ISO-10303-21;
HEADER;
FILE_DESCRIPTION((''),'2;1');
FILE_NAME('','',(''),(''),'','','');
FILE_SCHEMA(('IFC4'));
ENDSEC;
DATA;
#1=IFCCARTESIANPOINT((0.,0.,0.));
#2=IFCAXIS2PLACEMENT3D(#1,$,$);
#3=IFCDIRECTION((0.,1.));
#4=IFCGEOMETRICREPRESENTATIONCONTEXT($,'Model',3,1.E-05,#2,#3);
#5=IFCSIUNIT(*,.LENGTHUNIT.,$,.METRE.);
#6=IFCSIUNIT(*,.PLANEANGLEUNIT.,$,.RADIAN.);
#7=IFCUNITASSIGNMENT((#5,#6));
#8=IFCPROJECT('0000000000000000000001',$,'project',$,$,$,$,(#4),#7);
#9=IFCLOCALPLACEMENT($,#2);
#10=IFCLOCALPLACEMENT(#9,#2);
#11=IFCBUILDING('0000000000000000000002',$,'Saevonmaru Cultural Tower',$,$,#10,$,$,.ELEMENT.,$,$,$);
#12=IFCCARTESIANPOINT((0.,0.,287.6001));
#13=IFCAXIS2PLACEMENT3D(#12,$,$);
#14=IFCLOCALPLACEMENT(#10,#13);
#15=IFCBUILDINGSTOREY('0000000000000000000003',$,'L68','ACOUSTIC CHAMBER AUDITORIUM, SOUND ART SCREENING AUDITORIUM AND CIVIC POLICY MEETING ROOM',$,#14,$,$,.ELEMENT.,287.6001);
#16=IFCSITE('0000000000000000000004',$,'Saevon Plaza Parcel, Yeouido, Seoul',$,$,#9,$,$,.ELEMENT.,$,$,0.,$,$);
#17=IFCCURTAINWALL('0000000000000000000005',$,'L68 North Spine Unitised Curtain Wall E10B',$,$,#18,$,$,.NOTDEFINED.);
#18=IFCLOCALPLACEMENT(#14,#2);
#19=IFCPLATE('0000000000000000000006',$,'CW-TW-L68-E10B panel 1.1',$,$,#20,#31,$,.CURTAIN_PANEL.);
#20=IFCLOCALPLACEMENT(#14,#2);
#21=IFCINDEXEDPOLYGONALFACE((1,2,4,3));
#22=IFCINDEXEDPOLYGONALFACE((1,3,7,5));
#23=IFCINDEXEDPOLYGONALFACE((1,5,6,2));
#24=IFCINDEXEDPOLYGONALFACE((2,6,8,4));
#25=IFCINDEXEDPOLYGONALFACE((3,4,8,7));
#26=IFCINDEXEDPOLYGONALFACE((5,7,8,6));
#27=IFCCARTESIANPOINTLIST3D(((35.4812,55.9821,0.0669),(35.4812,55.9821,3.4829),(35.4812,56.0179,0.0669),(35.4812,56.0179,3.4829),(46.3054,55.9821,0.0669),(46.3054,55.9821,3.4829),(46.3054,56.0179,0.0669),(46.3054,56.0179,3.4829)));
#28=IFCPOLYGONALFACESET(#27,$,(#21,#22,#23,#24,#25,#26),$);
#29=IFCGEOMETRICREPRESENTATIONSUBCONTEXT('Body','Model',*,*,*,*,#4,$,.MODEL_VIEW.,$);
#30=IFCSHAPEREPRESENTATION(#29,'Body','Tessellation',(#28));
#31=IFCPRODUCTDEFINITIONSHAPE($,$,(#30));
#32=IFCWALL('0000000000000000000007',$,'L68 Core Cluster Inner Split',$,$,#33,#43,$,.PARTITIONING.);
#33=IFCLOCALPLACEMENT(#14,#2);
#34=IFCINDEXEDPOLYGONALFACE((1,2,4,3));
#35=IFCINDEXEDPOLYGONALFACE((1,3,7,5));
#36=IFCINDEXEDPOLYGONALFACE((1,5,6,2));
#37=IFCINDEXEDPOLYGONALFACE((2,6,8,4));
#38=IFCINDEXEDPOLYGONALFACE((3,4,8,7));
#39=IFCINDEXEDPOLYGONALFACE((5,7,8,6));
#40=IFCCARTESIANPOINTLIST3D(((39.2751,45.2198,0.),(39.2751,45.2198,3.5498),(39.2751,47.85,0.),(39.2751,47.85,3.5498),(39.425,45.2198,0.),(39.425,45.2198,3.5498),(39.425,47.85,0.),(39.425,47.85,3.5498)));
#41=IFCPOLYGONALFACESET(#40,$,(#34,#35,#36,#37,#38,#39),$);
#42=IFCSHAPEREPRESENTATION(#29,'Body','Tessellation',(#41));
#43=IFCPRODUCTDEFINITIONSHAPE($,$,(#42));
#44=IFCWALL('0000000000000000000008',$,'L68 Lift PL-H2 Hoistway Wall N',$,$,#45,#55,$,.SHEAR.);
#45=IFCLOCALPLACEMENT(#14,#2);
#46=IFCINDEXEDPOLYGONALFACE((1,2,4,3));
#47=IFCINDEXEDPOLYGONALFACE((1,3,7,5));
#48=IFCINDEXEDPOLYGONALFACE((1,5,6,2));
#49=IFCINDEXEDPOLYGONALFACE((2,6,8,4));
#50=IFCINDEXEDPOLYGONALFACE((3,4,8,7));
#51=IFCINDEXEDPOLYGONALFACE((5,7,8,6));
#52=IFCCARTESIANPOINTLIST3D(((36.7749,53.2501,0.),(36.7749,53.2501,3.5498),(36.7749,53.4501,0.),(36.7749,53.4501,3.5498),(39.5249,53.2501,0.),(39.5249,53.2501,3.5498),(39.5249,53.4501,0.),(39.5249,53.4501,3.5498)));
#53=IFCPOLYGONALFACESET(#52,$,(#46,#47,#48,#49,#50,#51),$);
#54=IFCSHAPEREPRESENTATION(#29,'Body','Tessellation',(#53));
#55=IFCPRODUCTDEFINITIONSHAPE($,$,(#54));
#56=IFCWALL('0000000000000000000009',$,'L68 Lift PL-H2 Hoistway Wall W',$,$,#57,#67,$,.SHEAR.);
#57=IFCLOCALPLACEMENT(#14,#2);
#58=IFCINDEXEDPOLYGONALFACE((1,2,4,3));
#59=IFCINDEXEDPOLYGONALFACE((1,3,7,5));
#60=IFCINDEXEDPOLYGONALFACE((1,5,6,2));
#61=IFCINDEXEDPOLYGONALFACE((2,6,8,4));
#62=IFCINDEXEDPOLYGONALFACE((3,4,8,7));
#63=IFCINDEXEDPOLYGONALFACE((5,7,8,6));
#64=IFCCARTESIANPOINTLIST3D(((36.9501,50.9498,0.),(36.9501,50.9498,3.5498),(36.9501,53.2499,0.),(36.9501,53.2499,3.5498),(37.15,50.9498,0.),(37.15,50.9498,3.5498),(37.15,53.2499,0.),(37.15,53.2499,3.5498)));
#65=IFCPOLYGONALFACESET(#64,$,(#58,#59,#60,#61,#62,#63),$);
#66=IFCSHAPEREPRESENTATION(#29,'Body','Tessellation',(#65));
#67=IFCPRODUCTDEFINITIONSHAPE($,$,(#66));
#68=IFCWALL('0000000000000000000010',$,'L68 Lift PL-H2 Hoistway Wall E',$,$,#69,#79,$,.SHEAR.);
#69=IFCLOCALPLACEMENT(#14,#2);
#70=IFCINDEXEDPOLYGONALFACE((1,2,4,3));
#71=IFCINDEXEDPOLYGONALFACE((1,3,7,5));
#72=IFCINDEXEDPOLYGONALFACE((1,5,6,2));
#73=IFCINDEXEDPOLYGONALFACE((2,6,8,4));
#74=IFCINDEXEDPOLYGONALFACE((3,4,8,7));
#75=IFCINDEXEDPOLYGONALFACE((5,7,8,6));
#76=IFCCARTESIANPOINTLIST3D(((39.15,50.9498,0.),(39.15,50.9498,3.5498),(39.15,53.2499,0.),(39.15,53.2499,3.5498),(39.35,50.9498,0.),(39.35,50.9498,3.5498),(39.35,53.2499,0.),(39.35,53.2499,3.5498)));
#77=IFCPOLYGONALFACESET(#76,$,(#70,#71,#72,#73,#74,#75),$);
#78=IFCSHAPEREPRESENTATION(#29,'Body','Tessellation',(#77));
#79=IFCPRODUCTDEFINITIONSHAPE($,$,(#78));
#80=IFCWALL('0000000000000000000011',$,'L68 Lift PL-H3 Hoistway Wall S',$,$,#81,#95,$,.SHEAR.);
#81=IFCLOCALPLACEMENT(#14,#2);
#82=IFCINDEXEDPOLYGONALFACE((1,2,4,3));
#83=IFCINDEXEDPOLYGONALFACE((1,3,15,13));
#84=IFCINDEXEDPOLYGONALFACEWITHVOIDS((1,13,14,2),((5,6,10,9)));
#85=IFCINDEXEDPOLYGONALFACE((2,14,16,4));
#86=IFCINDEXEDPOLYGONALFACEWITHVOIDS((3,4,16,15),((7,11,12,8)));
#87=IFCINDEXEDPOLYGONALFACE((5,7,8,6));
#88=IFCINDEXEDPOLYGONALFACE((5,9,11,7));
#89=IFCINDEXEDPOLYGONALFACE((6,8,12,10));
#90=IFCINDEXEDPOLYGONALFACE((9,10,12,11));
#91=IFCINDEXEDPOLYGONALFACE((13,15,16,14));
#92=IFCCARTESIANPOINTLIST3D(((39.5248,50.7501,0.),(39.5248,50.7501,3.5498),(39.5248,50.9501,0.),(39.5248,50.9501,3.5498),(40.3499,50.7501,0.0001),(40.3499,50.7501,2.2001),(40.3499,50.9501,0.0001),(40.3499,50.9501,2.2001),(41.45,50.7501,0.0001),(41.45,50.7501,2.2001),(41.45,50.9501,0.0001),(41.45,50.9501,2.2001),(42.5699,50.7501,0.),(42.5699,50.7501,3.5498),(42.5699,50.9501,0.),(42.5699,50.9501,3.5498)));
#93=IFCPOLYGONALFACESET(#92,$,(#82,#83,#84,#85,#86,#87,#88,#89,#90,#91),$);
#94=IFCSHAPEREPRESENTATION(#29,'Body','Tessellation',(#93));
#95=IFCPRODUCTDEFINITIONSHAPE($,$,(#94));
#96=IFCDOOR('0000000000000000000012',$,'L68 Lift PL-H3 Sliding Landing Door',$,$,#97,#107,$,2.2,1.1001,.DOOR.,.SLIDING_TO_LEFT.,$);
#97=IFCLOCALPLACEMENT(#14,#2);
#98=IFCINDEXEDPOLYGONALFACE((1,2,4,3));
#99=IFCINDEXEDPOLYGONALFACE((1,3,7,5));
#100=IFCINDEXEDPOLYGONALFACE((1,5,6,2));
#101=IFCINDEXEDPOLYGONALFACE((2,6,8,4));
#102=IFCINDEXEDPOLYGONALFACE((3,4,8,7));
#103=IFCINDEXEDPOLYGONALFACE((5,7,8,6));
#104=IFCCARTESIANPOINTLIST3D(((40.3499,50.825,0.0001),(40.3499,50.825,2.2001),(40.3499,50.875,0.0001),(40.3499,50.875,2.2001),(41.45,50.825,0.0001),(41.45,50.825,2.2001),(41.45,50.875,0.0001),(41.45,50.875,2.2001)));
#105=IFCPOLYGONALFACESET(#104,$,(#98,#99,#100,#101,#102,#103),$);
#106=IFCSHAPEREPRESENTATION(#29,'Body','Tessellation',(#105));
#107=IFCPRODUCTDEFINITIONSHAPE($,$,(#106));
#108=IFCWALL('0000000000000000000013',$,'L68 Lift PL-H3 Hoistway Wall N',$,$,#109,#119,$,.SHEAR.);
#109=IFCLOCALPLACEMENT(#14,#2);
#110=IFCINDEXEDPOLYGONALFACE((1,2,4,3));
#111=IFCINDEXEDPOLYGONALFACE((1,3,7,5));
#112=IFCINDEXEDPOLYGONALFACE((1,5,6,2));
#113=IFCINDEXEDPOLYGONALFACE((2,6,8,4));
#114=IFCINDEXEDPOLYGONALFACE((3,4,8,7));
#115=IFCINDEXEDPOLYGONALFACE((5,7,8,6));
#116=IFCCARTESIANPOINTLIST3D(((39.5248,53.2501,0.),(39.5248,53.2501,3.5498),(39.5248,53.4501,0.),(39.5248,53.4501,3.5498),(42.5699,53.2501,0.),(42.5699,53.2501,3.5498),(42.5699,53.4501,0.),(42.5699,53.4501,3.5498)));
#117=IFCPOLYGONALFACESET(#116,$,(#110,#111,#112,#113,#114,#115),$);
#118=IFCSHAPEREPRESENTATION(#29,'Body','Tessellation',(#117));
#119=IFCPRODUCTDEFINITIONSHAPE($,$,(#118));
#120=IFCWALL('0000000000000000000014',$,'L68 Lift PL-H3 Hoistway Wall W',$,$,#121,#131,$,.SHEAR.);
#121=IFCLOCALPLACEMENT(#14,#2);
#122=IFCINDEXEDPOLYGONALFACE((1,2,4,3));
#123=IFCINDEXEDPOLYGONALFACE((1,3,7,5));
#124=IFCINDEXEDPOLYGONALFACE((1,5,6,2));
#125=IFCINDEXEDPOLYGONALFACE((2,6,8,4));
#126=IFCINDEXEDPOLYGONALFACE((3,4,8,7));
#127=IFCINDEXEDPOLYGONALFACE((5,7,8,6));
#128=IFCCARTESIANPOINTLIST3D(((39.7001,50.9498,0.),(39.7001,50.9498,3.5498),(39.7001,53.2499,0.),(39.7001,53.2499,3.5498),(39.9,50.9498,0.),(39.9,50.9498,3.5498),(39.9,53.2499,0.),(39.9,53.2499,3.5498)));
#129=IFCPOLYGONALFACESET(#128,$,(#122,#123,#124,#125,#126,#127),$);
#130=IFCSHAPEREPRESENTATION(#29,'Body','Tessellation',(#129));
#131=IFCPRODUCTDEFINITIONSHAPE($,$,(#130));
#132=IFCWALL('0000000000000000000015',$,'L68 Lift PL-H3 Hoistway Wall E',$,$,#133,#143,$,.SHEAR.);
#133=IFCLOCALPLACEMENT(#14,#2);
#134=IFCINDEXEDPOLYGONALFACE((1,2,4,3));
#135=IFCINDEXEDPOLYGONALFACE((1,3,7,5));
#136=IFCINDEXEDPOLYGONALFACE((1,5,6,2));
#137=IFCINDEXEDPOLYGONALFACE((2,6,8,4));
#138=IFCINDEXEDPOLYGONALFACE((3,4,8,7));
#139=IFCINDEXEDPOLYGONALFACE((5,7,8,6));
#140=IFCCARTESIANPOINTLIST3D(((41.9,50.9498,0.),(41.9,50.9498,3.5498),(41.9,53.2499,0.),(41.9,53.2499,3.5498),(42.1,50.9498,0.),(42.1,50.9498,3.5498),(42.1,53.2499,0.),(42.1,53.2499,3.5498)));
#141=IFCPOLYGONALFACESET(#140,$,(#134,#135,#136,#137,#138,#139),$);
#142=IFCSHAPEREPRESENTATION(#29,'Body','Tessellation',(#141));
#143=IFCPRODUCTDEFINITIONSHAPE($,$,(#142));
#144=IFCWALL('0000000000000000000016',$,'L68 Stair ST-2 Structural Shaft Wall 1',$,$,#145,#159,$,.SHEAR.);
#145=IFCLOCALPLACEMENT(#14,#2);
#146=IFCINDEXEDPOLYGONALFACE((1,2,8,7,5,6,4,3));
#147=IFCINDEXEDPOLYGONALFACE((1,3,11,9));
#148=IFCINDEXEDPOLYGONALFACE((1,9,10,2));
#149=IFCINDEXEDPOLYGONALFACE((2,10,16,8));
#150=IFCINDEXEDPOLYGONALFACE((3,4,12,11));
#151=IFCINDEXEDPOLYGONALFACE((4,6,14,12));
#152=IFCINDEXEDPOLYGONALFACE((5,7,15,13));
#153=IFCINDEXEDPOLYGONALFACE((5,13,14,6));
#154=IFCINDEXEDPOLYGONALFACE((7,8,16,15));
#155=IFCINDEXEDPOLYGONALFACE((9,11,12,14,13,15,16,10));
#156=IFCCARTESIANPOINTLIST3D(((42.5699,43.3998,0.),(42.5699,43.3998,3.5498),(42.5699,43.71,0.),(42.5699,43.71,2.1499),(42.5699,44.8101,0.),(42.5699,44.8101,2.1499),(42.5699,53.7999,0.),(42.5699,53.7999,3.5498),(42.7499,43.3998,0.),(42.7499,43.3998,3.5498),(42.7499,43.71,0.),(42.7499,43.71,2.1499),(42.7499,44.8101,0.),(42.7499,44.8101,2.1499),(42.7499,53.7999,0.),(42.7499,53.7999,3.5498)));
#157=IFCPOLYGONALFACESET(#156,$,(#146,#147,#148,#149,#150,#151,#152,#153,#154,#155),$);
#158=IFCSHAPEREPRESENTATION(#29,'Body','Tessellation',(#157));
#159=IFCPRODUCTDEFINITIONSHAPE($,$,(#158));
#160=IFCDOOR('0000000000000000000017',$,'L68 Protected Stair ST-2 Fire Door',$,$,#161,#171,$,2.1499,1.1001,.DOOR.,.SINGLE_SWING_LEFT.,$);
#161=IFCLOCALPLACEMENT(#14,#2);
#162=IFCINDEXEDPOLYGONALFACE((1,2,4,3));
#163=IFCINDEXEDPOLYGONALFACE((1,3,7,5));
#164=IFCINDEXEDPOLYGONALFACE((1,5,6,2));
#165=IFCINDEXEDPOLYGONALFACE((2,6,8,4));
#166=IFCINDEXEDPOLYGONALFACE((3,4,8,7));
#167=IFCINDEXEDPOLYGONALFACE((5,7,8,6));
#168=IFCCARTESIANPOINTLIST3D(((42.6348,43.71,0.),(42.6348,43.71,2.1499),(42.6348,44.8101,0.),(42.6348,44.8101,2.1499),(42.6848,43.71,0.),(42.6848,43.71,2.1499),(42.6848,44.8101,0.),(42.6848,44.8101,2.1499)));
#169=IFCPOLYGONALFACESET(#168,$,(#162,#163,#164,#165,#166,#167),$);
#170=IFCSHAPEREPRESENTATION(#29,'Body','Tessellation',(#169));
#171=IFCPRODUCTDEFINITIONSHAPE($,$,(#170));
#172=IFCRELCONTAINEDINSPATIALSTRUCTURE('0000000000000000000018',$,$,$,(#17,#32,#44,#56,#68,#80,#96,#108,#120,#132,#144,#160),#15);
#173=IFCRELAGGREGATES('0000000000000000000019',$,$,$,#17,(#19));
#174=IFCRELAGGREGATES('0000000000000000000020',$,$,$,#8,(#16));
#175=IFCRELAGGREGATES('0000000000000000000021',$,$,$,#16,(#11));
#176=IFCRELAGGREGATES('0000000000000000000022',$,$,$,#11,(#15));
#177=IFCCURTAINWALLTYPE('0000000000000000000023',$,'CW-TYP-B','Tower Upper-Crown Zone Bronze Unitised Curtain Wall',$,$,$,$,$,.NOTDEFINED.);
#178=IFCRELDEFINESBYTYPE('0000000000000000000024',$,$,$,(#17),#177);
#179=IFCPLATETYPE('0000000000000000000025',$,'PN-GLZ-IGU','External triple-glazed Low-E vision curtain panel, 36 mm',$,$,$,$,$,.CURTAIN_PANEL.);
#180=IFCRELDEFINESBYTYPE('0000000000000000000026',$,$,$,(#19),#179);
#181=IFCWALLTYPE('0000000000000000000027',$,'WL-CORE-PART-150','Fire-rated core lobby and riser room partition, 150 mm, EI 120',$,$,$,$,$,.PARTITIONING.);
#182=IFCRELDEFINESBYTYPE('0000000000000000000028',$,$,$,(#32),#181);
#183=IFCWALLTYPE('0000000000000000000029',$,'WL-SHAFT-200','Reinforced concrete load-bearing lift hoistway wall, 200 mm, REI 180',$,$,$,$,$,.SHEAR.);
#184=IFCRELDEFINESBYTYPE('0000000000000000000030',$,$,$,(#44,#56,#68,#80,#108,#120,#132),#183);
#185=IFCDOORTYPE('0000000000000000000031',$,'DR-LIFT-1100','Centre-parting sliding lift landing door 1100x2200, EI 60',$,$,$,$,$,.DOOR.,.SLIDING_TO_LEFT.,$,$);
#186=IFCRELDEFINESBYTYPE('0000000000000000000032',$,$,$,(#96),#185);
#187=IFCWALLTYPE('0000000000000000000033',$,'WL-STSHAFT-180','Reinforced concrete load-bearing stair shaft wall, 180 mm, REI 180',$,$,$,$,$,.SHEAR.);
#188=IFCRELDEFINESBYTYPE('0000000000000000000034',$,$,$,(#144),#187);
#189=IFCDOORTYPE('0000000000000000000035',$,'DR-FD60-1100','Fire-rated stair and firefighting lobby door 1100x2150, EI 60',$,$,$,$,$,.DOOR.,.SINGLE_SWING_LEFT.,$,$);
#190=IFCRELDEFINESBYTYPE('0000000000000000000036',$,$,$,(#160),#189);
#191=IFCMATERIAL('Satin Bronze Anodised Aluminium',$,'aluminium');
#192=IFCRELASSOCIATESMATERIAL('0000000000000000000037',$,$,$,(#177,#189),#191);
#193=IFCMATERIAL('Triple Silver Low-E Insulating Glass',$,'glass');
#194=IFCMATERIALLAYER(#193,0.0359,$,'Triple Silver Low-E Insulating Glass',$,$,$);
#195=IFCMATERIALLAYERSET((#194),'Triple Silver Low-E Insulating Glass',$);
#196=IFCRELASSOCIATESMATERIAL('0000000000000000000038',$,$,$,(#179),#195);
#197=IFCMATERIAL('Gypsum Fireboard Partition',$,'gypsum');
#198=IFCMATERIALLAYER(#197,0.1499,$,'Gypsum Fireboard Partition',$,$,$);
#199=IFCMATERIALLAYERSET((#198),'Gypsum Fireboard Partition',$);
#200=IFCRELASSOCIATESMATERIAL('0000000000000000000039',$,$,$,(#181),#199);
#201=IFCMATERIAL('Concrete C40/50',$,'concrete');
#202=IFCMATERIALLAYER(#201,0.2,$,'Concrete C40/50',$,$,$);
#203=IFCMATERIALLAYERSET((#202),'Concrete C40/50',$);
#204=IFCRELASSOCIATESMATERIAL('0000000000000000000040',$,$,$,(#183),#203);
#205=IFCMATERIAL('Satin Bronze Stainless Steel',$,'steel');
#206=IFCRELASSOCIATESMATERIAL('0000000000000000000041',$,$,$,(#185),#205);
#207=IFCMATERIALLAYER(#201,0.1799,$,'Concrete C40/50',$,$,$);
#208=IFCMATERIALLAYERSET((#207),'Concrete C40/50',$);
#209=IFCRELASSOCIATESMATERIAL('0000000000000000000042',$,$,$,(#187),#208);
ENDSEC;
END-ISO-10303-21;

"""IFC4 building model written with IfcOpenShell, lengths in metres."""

from ifc_helpers import new_model, si_unit, direction, frame, frame_2d, origin, origin_2d, place, context, subcontext, project, spatial, rectangle, extrude, material, layer, layer_set, type_object, element, fill, aggregate, save


model = new_model("IFC4")

# Units and contexts
model_context = context("Model", 3, precision=1e-05, world=origin(), true_north=direction((0.0, 1.0)))
body_context = subcontext(model_context, "Body", "Model", "MODEL_VIEW")
ifc_project = project(units=[si_unit("LENGTHUNIT", "METRE"), si_unit("PLANEANGLEUNIT", "RADIAN")], contexts=[model_context])

# Site, building, storey
site_placement = place(None, origin())
site = spatial("IfcSite", under=ifc_project, at=site_placement, Name="Saevon Plaza Parcel, Yeouido, Seoul", CompositionType="ELEMENT", RefElevation=0.0)
building_placement = place(site_placement, origin())
building = spatial("IfcBuilding", under=site, at=building_placement, Name="Saevonmaru Cultural Tower", CompositionType="ELEMENT")
storey_placement = place(building_placement, frame((0.0, 0.0, 287.6001)))
storey = spatial("IfcBuildingStorey", under=building, at=storey_placement, Name="L68", Description="ACOUSTIC CHAMBER AUDITORIUM, SOUND ART SCREENING AUDITORIUM AND CIVIC POLICY MEETING ROOM", CompositionType="ELEMENT", Elevation=287.6001)

# Curtain wall, plate
ifc_material_1 = material(Name="Satin Bronze Anodised Aluminium", Category="aluminium")
curtain_wall_type = type_object("IfcCurtainWallType", Name="CW-TYP-B", Description="Tower Upper-Crown Zone Bronze Unitised Curtain Wall", PredefinedType="NOTDEFINED", material=ifc_material_1)
curtain_wall_placement = place(storey_placement, origin())
curtain_wall = element("IfcCurtainWall", 1, at=curtain_wall_placement, inside=storey, type_object=curtain_wall_type, Name="L68 North Spine Unitised Curtain Wall E10B", PredefinedType="NOTDEFINED")
ifc_material_2 = material(Name="Triple Silver Low-E Insulating Glass", Category="glass")
ifc_layer_1 = layer(ifc_material_2, 0.0359, Name="Triple Silver Low-E Insulating Glass")
ifc_layer_set_1 = layer_set([ifc_layer_1], Name="Triple Silver Low-E Insulating Glass")
plate_type = type_object("IfcPlateType", Name="PN-GLZ-IGU", Description="External triple-glazed Low-E vision curtain panel, 36 mm", PredefinedType="CURTAIN_PANEL", material=ifc_layer_set_1)
plate_placement = place(storey_placement, frame((40.8933, 56.0, 0.0669), z_axis=(0.0, 0.0, 1.0), x_axis=(-1.0, 0.0, 0.0)))
plate = element("IfcPlate", 2, at=plate_placement, type_object=plate_type, Name="CW-TW-L68-E10B panel 1.1", PredefinedType="CURTAIN_PANEL", context=body_context, shape_type="SweptSolid", body=[
    extrude(rectangle(XDim=10.8242, YDim=0.0359, at=origin_2d()), origin(), (0.0, 0.0, 1.0), 3.416),
])
aggregate(curtain_wall, [plate])

# Walls
ifc_material_3 = material(Name="Gypsum Fireboard Partition", Category="gypsum")
ifc_layer_2 = layer(ifc_material_3, 0.1499, Name="Gypsum Fireboard Partition")
ifc_layer_set_2 = layer_set([ifc_layer_2], Name="Gypsum Fireboard Partition")
wall_type_1 = type_object("IfcWallType", Name="WL-CORE-PART-150", Description="Fire-rated core lobby and riser room partition, 150 mm, EI 120", PredefinedType="PARTITIONING", material=ifc_layer_set_2)
wall_1_placement = place(storey_placement, frame((39.3501, 45.22, 0.0), z_axis=(0.0, 0.0, 1.0), x_axis=(0.0, 1.0, 0.0)))
element("IfcWall", 3, at=wall_1_placement, inside=storey, type_object=wall_type_1, Name="L68 Core Cluster Inner Split", PredefinedType="PARTITIONING", context=body_context, shape_type="SweptSolid", body=[
    extrude(rectangle(XDim=2.6301, YDim=0.1499, at=frame_2d((1.3149, 0.0))), origin(), (0.0, 0.0, 1.0), 3.5498),
])
ifc_material_4 = material(Name="Concrete C40/50", Category="concrete")
ifc_layer_3 = layer(ifc_material_4, 0.2, Name="Concrete C40/50")
ifc_layer_set_3 = layer_set([ifc_layer_3], Name="Concrete C40/50")
wall_type_2 = type_object("IfcWallType", Name="WL-SHAFT-200", Description="Reinforced concrete load-bearing lift hoistway wall, 200 mm, REI 180", PredefinedType="SHEAR", material=ifc_layer_set_3)
wall_2_placement = place(storey_placement, frame((36.7749, 53.3501, 0.0), z_axis=(0.0, 0.0, 1.0), x_axis=(1.0, 0.0, 0.0)))
element("IfcWall", 4, at=wall_2_placement, inside=storey, type_object=wall_type_2, Name="L68 Lift PL-H2 Hoistway Wall N", PredefinedType="SHEAR", context=body_context, shape_type="SweptSolid", body=[
    extrude(rectangle(XDim=2.75, YDim=0.2, at=frame_2d((1.375, 0.0))), origin(), (0.0, 0.0, 1.0), 3.5498),
])
for number, where, z_axis, x_axis, name in (
    (5, (37.05, 50.95, 0.0), (0.0, 0.0, 1.0), (0.0, 1.0, 0.0), "L68 Lift PL-H2 Hoistway Wall W"),
    (6, (39.25, 50.95, 0.0), (0.0, 0.0, 1.0), (0.0, 1.0, 0.0), "L68 Lift PL-H2 Hoistway Wall E"),
):
    element("IfcWall", number, at=place(storey_placement, frame(where, z_axis=z_axis, x_axis=x_axis)), inside=storey, type_object=wall_type_2, Name=name, PredefinedType="SHEAR", context=body_context, shape_type="SweptSolid", body=[
        extrude(rectangle(XDim=2.3, YDim=0.2, at=frame_2d((1.1499, 0.0))), origin(), (0.0, 0.0, 1.0), 3.5498),
    ])

# Wall, opening, door
wall_3_placement = place(storey_placement, frame((39.5249, 50.8501, 0.0), z_axis=(0.0, 0.0, 1.0), x_axis=(1.0, 0.0, 0.0)))
wall_3 = element("IfcWall", 7, at=wall_3_placement, inside=storey, type_object=wall_type_2, Name="L68 Lift PL-H3 Hoistway Wall S", PredefinedType="SHEAR", context=body_context, shape_type="SweptSolid", body=[
    extrude(rectangle(XDim=3.0452, YDim=0.2, at=frame_2d((1.5225, 0.0))), origin(), (0.0, 0.0, 1.0), 3.5498),
])
opening_1_placement = place(wall_3_placement, frame((0.825, 0.0, 0.0)))
opening_1 = element("IfcOpeningElement", 8, at=opening_1_placement, cuts=wall_3, PredefinedType="OPENING", context=body_context, shape_type="SweptSolid", body=[
    extrude(rectangle(XDim=1.1001, YDim=2.2, at=frame_2d((0.55, 1.1001))), frame((0.0, 0.1099, 0.0), z_axis=(0.0, -1.0, 0.0), x_axis=(1.0, 0.0, 0.0)), (0.0, 0.0, 1.0), 0.22),
])
ifc_material_5 = material(Name="Satin Bronze Stainless Steel", Category="steel")
door_type_1 = type_object("IfcDoorType", Name="DR-LIFT-1100", Description="Centre-parting sliding lift landing door 1100x2200, EI 60", OperationType="SLIDING_TO_LEFT", PredefinedType="DOOR", material=ifc_material_5)
door_1_placement = place(opening_1_placement, origin())
door_1 = element("IfcDoor", 9, at=door_1_placement, inside=storey, type_object=door_type_1, Name="L68 Lift PL-H3 Sliding Landing Door", OperationType="SLIDING_TO_LEFT", OverallHeight=2.2, OverallWidth=1.1001, PredefinedType="DOOR", context=body_context, shape_type="SweptSolid", body=[
    extrude(rectangle(XDim=1.1001, YDim=2.2, at=frame_2d((0.55, 1.1001))), frame((0.0, 0.0249, 0.0), z_axis=(0.0, -1.0, 0.0), x_axis=(1.0, 0.0, 0.0)), (0.0, 0.0, 1.0), 0.05),
])
fill(opening_1, door_1)

# Walls
wall_4_placement = place(storey_placement, frame((39.5249, 53.3501, 0.0), z_axis=(0.0, 0.0, 1.0), x_axis=(1.0, 0.0, 0.0)))
element("IfcWall", 10, at=wall_4_placement, inside=storey, type_object=wall_type_2, Name="L68 Lift PL-H3 Hoistway Wall N", PredefinedType="SHEAR", context=body_context, shape_type="SweptSolid", body=[
    extrude(rectangle(XDim=3.0452, YDim=0.2, at=frame_2d((1.5225, 0.0))), origin(), (0.0, 0.0, 1.0), 3.5498),
])
for number, where, z_axis, x_axis, name in (
    (11, (39.8, 50.95, 0.0), (0.0, 0.0, 1.0), (0.0, 1.0, 0.0), "L68 Lift PL-H3 Hoistway Wall W"),
    (12, (42.0, 50.95, 0.0), (0.0, 0.0, 1.0), (0.0, 1.0, 0.0), "L68 Lift PL-H3 Hoistway Wall E"),
):
    element("IfcWall", number, at=place(storey_placement, frame(where, z_axis=z_axis, x_axis=x_axis)), inside=storey, type_object=wall_type_2, Name=name, PredefinedType="SHEAR", context=body_context, shape_type="SweptSolid", body=[
        extrude(rectangle(XDim=2.3, YDim=0.2, at=frame_2d((1.1499, 0.0))), origin(), (0.0, 0.0, 1.0), 3.5498),
    ])

# Wall, opening, door
ifc_layer_4 = layer(ifc_material_4, 0.1799, Name="Concrete C40/50")
ifc_layer_set_4 = layer_set([ifc_layer_4], Name="Concrete C40/50")
wall_type_3 = type_object("IfcWallType", Name="WL-STSHAFT-180", Description="Reinforced concrete load-bearing stair shaft wall, 180 mm, REI 180", PredefinedType="SHEAR", material=ifc_layer_set_4)
wall_5_placement = place(storey_placement, frame((42.6599, 53.8, 0.0), z_axis=(0.0, 0.0, 1.0), x_axis=(0.0, -1.0, 0.0)))
wall_5 = element("IfcWall", 13, at=wall_5_placement, inside=storey, type_object=wall_type_3, Name="L68 Stair ST-2 Structural Shaft Wall 1", PredefinedType="SHEAR", context=body_context, shape_type="SweptSolid", body=[
    extrude(rectangle(XDim=10.4001, YDim=0.1799, at=frame_2d((5.2002, 0.0))), origin(), (0.0, 0.0, 1.0), 3.5498),
])
opening_2_placement = place(wall_5_placement, frame((8.99, 0.0, 0.0)))
opening_2 = element("IfcOpeningElement", 14, at=opening_2_placement, cuts=wall_5, PredefinedType="OPENING", context=body_context, shape_type="SweptSolid", body=[
    extrude(rectangle(XDim=1.1001, YDim=2.1499, at=frame_2d((0.55, 1.075))), frame((0.0, 0.1001, 0.0), z_axis=(0.0, -1.0, 0.0), x_axis=(1.0, 0.0, 0.0)), (0.0, 0.0, 1.0), 0.2),
])
door_type_2 = type_object("IfcDoorType", Name="DR-FD60-1100", Description="Fire-rated stair and firefighting lobby door 1100x2150, EI 60", OperationType="SINGLE_SWING_LEFT", PredefinedType="DOOR", material=ifc_material_1)
door_2_placement = place(opening_2_placement, origin())
door_2 = element("IfcDoor", 15, at=door_2_placement, inside=storey, type_object=door_type_2, Name="L68 Protected Stair ST-2 Fire Door", OperationType="SINGLE_SWING_LEFT", OverallHeight=2.1499, OverallWidth=1.1001, PredefinedType="DOOR", context=body_context, shape_type="SweptSolid", body=[
    extrude(rectangle(XDim=1.1001, YDim=2.1499, at=frame_2d((0.55, 1.075))), frame((0.0, 0.0249, 0.0), z_axis=(0.0, -1.0, 0.0), x_axis=(1.0, 0.0, 0.0)), (0.0, 0.0, 1.0), 0.05),
])
fill(opening_2, door_2)

save(model, "model.ifc")
